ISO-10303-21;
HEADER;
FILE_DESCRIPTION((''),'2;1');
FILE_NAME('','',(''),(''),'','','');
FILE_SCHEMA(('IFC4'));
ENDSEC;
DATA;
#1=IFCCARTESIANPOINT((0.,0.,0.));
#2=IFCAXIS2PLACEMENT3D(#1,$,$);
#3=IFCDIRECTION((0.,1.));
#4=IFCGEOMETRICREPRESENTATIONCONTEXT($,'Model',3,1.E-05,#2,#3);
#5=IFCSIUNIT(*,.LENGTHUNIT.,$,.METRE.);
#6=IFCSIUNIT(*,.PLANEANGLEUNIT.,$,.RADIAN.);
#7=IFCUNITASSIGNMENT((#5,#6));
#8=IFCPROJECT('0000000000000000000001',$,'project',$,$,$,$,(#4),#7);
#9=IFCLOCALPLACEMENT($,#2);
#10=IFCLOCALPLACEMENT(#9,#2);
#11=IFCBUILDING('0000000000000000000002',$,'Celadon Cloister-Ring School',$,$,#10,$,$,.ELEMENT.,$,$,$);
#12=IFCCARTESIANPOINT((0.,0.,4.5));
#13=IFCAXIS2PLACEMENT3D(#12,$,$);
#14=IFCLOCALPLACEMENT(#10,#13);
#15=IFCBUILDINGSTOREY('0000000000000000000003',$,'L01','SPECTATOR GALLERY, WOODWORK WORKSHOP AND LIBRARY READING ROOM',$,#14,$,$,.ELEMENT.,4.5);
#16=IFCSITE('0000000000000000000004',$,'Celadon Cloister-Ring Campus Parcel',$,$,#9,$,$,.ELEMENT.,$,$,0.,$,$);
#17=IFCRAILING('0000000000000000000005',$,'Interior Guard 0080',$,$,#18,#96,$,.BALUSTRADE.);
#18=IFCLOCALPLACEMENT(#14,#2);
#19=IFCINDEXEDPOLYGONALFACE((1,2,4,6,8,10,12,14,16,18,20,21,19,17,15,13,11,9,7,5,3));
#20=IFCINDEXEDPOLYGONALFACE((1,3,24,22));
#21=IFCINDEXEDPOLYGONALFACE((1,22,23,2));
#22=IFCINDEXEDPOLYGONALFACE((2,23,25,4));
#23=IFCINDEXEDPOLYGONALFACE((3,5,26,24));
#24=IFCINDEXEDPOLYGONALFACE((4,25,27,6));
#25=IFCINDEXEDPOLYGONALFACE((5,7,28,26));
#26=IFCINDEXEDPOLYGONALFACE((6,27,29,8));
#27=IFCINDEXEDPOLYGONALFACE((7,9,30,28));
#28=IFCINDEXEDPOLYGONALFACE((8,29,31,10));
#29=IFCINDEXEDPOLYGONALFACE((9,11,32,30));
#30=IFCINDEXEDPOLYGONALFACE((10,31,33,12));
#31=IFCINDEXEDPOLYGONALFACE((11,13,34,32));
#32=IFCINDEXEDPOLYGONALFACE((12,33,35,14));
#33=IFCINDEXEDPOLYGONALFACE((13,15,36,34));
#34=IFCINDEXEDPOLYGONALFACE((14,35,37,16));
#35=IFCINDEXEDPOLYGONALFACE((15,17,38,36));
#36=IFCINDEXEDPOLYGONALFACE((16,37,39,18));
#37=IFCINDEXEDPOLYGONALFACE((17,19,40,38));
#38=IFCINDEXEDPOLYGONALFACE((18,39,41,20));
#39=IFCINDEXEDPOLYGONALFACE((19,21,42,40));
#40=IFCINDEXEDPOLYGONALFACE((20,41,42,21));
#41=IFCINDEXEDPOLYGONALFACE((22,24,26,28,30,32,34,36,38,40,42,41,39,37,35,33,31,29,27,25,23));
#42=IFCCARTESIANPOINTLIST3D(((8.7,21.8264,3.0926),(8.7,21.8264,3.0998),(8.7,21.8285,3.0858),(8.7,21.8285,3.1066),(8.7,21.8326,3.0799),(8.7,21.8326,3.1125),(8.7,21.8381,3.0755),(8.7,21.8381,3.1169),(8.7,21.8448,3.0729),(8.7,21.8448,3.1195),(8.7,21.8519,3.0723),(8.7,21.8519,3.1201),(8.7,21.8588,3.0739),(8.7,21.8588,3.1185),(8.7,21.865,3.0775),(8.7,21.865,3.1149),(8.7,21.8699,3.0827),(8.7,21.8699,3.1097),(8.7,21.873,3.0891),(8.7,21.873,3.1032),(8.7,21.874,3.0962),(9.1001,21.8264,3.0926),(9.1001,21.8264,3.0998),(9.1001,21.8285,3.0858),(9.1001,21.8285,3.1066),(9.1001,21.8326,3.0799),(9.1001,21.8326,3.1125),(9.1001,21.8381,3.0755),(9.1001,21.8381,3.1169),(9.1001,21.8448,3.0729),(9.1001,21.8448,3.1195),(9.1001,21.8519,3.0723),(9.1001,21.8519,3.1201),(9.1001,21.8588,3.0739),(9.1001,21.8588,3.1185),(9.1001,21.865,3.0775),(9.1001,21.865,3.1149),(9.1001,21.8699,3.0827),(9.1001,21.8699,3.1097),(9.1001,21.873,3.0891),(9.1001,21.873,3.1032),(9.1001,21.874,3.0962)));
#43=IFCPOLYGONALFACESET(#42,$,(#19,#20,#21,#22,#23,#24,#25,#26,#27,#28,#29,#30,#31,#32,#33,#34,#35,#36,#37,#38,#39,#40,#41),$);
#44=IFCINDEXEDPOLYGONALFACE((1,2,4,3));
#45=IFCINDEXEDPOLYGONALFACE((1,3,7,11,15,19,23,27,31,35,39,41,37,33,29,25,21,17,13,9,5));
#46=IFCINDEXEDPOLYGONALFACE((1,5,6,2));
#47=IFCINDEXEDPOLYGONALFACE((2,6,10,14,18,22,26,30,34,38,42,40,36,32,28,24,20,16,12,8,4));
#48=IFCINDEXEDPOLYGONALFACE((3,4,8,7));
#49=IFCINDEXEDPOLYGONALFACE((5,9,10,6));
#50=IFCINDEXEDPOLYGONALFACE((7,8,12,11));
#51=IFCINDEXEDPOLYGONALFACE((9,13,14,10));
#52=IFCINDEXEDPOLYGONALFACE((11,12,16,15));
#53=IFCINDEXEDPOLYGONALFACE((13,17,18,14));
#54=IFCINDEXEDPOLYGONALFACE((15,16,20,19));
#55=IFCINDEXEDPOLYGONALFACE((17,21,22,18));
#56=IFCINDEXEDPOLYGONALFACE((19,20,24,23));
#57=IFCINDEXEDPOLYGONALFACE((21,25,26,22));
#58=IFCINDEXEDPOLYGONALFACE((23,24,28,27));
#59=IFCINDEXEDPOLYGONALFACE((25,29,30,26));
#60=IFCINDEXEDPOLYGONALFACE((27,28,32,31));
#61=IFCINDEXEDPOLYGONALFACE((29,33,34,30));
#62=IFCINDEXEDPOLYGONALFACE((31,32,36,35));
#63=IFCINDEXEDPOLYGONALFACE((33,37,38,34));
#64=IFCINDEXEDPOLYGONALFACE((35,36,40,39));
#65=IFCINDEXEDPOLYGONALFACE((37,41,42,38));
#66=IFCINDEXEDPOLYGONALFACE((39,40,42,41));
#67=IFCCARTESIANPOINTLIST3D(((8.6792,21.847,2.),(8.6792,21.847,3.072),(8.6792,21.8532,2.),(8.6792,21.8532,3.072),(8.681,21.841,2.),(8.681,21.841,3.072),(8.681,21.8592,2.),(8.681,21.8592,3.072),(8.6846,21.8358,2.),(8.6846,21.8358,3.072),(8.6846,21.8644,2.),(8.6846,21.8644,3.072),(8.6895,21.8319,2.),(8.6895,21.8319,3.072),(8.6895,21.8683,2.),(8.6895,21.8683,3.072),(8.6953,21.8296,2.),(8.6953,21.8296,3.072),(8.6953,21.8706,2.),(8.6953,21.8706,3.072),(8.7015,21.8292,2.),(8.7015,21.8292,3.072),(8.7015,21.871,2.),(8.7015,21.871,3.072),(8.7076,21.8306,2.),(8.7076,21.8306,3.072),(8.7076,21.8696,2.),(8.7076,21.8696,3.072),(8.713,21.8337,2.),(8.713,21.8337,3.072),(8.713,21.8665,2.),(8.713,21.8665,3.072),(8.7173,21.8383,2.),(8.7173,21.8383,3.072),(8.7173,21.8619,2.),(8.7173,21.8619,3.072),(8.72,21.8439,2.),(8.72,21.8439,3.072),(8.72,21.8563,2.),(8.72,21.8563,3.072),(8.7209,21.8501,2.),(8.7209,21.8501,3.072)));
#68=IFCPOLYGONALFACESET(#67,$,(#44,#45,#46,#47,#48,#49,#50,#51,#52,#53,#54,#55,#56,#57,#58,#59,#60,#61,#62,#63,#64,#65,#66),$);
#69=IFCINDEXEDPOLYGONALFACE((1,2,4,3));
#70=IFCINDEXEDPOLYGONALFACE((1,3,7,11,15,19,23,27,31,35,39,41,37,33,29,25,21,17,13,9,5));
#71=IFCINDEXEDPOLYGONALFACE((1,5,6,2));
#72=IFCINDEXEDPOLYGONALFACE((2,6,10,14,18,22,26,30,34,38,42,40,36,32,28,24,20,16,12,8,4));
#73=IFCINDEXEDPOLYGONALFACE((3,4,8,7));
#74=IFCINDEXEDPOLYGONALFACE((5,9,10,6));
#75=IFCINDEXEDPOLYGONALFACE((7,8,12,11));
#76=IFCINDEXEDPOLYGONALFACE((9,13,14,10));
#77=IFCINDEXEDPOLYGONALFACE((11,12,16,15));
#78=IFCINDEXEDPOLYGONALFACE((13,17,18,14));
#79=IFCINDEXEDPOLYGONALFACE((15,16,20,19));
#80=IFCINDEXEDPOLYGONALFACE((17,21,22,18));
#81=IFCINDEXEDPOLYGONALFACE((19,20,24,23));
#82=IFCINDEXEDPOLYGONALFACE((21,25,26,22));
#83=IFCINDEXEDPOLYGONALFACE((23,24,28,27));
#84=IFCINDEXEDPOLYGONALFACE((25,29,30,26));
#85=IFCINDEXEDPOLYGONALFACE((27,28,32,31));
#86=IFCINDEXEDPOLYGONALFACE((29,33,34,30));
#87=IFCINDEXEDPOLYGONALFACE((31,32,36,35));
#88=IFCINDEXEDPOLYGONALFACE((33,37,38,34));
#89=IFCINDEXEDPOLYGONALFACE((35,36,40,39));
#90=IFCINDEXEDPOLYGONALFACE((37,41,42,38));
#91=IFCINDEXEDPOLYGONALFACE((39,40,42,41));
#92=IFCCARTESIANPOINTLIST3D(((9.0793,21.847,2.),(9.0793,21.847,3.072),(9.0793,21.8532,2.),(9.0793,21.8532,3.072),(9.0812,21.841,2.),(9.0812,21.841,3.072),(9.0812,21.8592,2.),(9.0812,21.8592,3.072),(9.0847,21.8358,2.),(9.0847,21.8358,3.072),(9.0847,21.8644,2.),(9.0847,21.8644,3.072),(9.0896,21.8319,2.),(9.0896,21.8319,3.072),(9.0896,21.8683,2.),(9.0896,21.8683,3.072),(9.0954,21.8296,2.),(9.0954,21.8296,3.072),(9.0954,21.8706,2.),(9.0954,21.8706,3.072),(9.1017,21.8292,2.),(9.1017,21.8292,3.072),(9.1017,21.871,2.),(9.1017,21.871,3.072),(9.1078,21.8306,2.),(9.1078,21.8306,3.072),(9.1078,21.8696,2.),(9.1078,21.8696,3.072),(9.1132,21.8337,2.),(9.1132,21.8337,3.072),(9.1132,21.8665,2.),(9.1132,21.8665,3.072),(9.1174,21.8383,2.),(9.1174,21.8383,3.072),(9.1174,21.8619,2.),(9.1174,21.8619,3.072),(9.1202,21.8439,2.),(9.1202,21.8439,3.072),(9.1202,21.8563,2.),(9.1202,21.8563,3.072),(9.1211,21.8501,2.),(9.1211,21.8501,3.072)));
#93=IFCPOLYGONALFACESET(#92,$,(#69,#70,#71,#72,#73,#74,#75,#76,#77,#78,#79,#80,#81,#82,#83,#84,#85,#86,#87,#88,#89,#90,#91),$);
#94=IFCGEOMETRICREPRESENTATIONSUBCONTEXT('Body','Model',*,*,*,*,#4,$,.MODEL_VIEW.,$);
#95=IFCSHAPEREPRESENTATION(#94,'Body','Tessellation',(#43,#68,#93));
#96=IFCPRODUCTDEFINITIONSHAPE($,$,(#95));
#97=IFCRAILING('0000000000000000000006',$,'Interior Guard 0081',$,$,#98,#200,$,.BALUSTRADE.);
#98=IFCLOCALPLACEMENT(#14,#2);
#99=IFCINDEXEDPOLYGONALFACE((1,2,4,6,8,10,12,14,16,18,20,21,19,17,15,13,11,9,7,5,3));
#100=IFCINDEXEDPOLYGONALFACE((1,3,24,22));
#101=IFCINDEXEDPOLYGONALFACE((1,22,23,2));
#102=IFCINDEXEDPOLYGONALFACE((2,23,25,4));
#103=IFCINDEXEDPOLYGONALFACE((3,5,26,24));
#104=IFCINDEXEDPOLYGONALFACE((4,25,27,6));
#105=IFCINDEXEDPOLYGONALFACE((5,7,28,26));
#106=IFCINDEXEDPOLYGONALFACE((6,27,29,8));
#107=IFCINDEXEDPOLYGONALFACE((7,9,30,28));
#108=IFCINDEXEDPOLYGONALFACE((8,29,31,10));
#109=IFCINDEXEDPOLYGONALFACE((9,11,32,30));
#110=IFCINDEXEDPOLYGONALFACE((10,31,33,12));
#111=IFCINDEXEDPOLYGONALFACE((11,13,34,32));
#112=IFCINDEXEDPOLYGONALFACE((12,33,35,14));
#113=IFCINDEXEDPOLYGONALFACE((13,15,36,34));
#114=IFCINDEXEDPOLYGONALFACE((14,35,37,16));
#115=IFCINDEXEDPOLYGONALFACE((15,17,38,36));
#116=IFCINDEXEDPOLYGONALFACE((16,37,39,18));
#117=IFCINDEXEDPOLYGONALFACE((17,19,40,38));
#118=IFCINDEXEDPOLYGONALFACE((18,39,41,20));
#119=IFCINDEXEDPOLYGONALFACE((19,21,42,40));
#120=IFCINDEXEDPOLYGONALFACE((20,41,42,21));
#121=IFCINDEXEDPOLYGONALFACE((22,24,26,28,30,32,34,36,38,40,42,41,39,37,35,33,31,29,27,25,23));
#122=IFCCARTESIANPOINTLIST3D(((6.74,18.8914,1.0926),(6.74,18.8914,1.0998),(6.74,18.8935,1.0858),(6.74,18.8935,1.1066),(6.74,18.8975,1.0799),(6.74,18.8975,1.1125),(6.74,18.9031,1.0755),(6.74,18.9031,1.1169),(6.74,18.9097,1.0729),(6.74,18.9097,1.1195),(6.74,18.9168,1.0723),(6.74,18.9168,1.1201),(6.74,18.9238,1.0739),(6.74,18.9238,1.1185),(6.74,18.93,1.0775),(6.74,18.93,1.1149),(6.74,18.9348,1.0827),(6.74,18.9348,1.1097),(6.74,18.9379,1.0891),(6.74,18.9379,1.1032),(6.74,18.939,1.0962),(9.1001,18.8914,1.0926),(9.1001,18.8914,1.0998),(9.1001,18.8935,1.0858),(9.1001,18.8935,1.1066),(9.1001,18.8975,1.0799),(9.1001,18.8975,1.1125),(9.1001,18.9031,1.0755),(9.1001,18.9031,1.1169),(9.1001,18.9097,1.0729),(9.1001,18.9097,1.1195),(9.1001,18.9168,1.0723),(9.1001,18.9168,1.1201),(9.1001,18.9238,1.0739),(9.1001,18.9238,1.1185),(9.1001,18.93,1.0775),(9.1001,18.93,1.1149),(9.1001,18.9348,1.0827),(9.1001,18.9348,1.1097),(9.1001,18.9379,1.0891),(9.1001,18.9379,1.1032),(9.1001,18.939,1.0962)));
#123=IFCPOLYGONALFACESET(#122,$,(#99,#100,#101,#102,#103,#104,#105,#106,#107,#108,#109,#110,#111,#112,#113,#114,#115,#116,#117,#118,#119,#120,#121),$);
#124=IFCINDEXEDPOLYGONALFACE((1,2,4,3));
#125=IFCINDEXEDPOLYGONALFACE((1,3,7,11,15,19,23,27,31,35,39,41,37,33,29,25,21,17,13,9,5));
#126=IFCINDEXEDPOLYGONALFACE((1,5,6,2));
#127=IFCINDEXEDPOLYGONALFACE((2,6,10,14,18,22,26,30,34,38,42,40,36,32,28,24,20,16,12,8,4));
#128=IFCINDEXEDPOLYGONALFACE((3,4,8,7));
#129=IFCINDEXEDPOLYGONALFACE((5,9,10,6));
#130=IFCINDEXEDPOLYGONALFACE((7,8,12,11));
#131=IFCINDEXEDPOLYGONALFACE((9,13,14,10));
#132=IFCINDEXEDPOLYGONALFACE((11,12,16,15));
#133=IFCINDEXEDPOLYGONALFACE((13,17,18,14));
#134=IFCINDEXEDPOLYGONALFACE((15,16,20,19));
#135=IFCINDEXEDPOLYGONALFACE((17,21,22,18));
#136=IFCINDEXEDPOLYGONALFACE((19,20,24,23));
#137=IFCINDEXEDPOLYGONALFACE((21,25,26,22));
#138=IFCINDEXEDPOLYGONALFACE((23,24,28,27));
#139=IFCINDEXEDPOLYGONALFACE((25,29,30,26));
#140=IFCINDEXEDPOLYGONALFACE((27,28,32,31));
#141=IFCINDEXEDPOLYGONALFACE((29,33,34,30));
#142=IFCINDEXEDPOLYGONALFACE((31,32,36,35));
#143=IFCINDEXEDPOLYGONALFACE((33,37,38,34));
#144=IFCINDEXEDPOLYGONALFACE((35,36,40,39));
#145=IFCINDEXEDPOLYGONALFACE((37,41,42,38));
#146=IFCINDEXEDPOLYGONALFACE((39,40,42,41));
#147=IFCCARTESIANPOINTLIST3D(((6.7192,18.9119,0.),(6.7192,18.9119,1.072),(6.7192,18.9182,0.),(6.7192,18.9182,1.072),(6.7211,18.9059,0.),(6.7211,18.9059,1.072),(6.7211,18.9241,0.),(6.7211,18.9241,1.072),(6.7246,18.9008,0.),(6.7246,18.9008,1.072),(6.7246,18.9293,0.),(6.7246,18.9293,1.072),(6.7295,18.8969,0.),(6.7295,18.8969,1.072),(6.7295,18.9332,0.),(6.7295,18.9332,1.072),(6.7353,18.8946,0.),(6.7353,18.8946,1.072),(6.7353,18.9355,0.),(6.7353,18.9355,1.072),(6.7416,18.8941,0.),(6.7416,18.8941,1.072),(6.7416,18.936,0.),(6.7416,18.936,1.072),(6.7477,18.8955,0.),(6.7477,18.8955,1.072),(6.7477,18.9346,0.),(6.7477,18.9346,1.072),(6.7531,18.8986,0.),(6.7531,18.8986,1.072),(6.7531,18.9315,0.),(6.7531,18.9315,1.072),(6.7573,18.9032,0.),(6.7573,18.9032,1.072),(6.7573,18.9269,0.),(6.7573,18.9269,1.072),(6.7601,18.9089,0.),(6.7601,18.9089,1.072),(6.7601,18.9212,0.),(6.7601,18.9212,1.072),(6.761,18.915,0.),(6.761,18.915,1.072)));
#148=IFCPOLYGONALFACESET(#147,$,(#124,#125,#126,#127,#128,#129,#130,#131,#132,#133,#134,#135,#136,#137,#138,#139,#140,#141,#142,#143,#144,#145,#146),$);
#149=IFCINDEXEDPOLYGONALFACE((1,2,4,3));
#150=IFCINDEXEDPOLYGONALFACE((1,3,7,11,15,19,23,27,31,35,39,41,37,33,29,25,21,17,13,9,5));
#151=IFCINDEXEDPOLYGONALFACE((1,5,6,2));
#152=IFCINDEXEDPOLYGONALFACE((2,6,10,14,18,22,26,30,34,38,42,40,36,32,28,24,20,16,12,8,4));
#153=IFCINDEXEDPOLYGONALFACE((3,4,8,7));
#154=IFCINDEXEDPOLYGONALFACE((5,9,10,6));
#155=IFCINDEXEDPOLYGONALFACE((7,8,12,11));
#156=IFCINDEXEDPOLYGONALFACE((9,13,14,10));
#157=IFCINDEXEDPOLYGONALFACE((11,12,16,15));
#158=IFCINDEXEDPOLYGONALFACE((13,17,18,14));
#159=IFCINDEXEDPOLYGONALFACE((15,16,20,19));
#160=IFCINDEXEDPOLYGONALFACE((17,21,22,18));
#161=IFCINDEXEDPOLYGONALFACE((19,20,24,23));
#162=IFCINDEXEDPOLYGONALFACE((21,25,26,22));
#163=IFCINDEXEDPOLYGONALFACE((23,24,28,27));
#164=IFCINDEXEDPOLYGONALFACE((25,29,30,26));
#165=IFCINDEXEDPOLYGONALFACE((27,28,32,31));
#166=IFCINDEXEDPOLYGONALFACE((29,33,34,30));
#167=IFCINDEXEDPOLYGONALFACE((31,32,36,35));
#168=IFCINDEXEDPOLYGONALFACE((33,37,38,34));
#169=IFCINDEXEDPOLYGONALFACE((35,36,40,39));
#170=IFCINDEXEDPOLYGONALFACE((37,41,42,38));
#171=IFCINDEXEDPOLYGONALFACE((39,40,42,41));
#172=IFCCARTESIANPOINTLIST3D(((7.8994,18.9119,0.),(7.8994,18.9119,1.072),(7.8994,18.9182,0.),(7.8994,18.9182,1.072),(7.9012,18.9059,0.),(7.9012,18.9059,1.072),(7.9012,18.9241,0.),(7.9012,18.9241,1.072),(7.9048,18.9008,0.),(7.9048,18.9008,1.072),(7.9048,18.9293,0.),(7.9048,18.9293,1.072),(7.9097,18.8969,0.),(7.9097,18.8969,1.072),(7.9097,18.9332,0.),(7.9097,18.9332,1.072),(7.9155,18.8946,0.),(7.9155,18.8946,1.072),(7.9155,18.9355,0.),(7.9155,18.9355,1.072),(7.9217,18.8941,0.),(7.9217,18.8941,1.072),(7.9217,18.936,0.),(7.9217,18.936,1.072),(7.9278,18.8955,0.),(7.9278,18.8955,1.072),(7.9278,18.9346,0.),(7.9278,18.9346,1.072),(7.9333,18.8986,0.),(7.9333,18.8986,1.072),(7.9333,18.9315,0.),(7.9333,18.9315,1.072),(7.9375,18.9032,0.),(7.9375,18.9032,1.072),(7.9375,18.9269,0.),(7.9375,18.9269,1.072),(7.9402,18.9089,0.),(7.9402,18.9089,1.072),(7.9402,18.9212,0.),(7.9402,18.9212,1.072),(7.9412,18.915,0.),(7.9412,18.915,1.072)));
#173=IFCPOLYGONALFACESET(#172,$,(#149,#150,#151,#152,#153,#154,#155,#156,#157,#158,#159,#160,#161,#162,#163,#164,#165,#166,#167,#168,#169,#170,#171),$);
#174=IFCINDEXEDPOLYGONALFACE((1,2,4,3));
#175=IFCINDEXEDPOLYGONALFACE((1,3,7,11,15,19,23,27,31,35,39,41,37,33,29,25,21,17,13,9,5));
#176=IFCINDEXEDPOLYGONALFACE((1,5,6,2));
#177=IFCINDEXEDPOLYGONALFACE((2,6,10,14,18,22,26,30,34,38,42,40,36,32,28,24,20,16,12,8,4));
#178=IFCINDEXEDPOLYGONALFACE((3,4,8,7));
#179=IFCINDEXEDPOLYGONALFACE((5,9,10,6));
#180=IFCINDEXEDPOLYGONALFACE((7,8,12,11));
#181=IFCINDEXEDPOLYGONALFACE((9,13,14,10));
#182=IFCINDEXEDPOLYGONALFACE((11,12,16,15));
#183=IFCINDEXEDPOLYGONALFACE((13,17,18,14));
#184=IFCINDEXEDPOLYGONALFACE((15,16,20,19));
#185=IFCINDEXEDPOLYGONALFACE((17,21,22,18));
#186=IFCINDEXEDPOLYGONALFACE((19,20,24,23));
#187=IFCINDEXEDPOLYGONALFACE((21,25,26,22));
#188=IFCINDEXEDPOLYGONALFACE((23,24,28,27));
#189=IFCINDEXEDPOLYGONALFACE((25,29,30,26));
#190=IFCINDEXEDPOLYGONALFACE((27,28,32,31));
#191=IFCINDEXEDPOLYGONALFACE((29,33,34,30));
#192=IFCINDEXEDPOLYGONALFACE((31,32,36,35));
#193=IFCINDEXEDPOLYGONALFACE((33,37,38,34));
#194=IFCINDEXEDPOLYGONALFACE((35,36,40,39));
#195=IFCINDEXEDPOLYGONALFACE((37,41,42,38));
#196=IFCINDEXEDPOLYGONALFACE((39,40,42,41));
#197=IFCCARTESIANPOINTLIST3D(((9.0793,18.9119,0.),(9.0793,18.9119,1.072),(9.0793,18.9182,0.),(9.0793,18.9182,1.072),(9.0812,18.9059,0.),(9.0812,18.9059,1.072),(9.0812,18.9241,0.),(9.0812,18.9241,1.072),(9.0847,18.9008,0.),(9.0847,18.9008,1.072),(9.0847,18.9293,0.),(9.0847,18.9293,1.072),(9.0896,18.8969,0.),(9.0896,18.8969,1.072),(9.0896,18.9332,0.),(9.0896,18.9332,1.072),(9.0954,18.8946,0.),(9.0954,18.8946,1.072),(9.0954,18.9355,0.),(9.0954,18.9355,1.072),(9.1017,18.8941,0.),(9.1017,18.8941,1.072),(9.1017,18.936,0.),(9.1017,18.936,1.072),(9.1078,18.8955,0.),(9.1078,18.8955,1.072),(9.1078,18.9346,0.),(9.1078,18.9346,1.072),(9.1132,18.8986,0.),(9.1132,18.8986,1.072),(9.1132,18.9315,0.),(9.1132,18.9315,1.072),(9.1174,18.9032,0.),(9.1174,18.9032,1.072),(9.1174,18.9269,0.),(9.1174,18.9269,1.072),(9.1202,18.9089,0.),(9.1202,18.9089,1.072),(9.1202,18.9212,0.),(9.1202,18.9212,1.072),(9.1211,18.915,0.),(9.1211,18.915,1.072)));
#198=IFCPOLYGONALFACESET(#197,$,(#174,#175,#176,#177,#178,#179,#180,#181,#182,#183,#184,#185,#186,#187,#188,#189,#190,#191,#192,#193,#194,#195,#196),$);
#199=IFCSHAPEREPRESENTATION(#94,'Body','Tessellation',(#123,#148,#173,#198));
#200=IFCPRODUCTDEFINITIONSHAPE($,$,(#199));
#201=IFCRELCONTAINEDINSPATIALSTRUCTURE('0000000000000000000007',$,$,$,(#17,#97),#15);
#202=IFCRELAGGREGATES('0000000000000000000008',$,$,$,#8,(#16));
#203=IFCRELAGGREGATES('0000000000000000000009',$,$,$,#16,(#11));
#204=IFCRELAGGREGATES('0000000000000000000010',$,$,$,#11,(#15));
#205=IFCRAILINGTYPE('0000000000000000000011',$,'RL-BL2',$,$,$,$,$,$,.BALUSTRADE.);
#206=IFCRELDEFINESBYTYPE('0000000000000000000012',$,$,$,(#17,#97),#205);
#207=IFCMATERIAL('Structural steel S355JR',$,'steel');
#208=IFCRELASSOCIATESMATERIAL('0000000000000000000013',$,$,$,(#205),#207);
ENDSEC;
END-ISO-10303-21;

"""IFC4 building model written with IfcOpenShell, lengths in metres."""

from ifc_helpers import new_model, si_unit, direction, frame, origin, origin_2d, place, context, subcontext, project, spatial, circle, extrude, material, type_object, element, save


model = new_model("IFC4")

# Units and contexts
model_context = context("Model", 3, precision=1e-05, world=origin(), true_north=direction((0.0, 1.0)))
body_context = subcontext(model_context, "Body", "Model", "MODEL_VIEW")
ifc_project = project(units=[si_unit("LENGTHUNIT", "METRE"), si_unit("PLANEANGLEUNIT", "RADIAN")], contexts=[model_context])

# Site, building, storey
site_placement = place(None, origin())
site = spatial("IfcSite", under=ifc_project, at=site_placement, Name="Celadon Cloister-Ring Campus Parcel", CompositionType="ELEMENT", RefElevation=0.0)
building_placement = place(site_placement, origin())
building = spatial("IfcBuilding", under=site, at=building_placement, Name="Celadon Cloister-Ring School", CompositionType="ELEMENT")
storey_placement = place(building_placement, frame((0.0, 0.0, 4.5)))
storey = spatial("IfcBuildingStorey", under=building, at=storey_placement, Name="L01", Description="SPECTATOR GALLERY, WOODWORK WORKSHOP AND LIBRARY READING ROOM", CompositionType="ELEMENT", Elevation=4.5)

# Railings
ifc_material_1 = material(Name="Structural steel S355JR", Category="steel")
railing_type_1 = type_object("IfcRailingType", Name="RL-BL2", PredefinedType="BALUSTRADE", material=ifc_material_1)
railing_1_placement = place(storey_placement, frame((8.7, 21.8501, 2.0)))
element("IfcRailing", 1, at=railing_1_placement, inside=storey, type_object=railing_type_1, Name="Interior Guard 0080", PredefinedType="BALUSTRADE", context=body_context, shape_type="SweptSolid", body=[
    extrude(circle(Radius=0.0239, at=origin_2d()), frame((0.0, 0.0, 1.0962), z_axis=(1.0, 0.0, 0.0), x_axis=(0.0, 1.0, 0.0)), (0.0, 0.0, 1.0), 0.4001),
    extrude(circle(Radius=0.021, at=origin_2d()), origin(), (0.0, 0.0, 1.0), 1.072),
    extrude(circle(Radius=0.021, at=origin_2d()), frame((0.4001, 0.0, 0.0)), (0.0, 0.0, 1.0), 1.072),
])
railing_2_placement = place(storey_placement, frame((6.74, 18.915, 0.0)))
element("IfcRailing", 2, at=railing_2_placement, inside=storey, type_object=railing_type_1, Name="Interior Guard 0081", PredefinedType="BALUSTRADE", context=body_context, shape_type="SweptSolid", body=[
    extrude(circle(Radius=0.0239, at=origin_2d()), frame((0.0, 0.0, 1.0962), z_axis=(1.0, 0.0, 0.0), x_axis=(0.0, 1.0, 0.0)), (0.0, 0.0, 1.0), 2.3601),
    extrude(circle(Radius=0.021, at=origin_2d()), origin(), (0.0, 0.0, 1.0), 1.072),
    extrude(circle(Radius=0.021, at=origin_2d()), frame((1.1802, 0.0, 0.0)), (0.0, 0.0, 1.0), 1.072),
    extrude(circle(Radius=0.021, at=origin_2d()), frame((2.3601, 0.0, 0.0)), (0.0, 0.0, 1.0), 1.072),
])

save(model, "model.ifc")
